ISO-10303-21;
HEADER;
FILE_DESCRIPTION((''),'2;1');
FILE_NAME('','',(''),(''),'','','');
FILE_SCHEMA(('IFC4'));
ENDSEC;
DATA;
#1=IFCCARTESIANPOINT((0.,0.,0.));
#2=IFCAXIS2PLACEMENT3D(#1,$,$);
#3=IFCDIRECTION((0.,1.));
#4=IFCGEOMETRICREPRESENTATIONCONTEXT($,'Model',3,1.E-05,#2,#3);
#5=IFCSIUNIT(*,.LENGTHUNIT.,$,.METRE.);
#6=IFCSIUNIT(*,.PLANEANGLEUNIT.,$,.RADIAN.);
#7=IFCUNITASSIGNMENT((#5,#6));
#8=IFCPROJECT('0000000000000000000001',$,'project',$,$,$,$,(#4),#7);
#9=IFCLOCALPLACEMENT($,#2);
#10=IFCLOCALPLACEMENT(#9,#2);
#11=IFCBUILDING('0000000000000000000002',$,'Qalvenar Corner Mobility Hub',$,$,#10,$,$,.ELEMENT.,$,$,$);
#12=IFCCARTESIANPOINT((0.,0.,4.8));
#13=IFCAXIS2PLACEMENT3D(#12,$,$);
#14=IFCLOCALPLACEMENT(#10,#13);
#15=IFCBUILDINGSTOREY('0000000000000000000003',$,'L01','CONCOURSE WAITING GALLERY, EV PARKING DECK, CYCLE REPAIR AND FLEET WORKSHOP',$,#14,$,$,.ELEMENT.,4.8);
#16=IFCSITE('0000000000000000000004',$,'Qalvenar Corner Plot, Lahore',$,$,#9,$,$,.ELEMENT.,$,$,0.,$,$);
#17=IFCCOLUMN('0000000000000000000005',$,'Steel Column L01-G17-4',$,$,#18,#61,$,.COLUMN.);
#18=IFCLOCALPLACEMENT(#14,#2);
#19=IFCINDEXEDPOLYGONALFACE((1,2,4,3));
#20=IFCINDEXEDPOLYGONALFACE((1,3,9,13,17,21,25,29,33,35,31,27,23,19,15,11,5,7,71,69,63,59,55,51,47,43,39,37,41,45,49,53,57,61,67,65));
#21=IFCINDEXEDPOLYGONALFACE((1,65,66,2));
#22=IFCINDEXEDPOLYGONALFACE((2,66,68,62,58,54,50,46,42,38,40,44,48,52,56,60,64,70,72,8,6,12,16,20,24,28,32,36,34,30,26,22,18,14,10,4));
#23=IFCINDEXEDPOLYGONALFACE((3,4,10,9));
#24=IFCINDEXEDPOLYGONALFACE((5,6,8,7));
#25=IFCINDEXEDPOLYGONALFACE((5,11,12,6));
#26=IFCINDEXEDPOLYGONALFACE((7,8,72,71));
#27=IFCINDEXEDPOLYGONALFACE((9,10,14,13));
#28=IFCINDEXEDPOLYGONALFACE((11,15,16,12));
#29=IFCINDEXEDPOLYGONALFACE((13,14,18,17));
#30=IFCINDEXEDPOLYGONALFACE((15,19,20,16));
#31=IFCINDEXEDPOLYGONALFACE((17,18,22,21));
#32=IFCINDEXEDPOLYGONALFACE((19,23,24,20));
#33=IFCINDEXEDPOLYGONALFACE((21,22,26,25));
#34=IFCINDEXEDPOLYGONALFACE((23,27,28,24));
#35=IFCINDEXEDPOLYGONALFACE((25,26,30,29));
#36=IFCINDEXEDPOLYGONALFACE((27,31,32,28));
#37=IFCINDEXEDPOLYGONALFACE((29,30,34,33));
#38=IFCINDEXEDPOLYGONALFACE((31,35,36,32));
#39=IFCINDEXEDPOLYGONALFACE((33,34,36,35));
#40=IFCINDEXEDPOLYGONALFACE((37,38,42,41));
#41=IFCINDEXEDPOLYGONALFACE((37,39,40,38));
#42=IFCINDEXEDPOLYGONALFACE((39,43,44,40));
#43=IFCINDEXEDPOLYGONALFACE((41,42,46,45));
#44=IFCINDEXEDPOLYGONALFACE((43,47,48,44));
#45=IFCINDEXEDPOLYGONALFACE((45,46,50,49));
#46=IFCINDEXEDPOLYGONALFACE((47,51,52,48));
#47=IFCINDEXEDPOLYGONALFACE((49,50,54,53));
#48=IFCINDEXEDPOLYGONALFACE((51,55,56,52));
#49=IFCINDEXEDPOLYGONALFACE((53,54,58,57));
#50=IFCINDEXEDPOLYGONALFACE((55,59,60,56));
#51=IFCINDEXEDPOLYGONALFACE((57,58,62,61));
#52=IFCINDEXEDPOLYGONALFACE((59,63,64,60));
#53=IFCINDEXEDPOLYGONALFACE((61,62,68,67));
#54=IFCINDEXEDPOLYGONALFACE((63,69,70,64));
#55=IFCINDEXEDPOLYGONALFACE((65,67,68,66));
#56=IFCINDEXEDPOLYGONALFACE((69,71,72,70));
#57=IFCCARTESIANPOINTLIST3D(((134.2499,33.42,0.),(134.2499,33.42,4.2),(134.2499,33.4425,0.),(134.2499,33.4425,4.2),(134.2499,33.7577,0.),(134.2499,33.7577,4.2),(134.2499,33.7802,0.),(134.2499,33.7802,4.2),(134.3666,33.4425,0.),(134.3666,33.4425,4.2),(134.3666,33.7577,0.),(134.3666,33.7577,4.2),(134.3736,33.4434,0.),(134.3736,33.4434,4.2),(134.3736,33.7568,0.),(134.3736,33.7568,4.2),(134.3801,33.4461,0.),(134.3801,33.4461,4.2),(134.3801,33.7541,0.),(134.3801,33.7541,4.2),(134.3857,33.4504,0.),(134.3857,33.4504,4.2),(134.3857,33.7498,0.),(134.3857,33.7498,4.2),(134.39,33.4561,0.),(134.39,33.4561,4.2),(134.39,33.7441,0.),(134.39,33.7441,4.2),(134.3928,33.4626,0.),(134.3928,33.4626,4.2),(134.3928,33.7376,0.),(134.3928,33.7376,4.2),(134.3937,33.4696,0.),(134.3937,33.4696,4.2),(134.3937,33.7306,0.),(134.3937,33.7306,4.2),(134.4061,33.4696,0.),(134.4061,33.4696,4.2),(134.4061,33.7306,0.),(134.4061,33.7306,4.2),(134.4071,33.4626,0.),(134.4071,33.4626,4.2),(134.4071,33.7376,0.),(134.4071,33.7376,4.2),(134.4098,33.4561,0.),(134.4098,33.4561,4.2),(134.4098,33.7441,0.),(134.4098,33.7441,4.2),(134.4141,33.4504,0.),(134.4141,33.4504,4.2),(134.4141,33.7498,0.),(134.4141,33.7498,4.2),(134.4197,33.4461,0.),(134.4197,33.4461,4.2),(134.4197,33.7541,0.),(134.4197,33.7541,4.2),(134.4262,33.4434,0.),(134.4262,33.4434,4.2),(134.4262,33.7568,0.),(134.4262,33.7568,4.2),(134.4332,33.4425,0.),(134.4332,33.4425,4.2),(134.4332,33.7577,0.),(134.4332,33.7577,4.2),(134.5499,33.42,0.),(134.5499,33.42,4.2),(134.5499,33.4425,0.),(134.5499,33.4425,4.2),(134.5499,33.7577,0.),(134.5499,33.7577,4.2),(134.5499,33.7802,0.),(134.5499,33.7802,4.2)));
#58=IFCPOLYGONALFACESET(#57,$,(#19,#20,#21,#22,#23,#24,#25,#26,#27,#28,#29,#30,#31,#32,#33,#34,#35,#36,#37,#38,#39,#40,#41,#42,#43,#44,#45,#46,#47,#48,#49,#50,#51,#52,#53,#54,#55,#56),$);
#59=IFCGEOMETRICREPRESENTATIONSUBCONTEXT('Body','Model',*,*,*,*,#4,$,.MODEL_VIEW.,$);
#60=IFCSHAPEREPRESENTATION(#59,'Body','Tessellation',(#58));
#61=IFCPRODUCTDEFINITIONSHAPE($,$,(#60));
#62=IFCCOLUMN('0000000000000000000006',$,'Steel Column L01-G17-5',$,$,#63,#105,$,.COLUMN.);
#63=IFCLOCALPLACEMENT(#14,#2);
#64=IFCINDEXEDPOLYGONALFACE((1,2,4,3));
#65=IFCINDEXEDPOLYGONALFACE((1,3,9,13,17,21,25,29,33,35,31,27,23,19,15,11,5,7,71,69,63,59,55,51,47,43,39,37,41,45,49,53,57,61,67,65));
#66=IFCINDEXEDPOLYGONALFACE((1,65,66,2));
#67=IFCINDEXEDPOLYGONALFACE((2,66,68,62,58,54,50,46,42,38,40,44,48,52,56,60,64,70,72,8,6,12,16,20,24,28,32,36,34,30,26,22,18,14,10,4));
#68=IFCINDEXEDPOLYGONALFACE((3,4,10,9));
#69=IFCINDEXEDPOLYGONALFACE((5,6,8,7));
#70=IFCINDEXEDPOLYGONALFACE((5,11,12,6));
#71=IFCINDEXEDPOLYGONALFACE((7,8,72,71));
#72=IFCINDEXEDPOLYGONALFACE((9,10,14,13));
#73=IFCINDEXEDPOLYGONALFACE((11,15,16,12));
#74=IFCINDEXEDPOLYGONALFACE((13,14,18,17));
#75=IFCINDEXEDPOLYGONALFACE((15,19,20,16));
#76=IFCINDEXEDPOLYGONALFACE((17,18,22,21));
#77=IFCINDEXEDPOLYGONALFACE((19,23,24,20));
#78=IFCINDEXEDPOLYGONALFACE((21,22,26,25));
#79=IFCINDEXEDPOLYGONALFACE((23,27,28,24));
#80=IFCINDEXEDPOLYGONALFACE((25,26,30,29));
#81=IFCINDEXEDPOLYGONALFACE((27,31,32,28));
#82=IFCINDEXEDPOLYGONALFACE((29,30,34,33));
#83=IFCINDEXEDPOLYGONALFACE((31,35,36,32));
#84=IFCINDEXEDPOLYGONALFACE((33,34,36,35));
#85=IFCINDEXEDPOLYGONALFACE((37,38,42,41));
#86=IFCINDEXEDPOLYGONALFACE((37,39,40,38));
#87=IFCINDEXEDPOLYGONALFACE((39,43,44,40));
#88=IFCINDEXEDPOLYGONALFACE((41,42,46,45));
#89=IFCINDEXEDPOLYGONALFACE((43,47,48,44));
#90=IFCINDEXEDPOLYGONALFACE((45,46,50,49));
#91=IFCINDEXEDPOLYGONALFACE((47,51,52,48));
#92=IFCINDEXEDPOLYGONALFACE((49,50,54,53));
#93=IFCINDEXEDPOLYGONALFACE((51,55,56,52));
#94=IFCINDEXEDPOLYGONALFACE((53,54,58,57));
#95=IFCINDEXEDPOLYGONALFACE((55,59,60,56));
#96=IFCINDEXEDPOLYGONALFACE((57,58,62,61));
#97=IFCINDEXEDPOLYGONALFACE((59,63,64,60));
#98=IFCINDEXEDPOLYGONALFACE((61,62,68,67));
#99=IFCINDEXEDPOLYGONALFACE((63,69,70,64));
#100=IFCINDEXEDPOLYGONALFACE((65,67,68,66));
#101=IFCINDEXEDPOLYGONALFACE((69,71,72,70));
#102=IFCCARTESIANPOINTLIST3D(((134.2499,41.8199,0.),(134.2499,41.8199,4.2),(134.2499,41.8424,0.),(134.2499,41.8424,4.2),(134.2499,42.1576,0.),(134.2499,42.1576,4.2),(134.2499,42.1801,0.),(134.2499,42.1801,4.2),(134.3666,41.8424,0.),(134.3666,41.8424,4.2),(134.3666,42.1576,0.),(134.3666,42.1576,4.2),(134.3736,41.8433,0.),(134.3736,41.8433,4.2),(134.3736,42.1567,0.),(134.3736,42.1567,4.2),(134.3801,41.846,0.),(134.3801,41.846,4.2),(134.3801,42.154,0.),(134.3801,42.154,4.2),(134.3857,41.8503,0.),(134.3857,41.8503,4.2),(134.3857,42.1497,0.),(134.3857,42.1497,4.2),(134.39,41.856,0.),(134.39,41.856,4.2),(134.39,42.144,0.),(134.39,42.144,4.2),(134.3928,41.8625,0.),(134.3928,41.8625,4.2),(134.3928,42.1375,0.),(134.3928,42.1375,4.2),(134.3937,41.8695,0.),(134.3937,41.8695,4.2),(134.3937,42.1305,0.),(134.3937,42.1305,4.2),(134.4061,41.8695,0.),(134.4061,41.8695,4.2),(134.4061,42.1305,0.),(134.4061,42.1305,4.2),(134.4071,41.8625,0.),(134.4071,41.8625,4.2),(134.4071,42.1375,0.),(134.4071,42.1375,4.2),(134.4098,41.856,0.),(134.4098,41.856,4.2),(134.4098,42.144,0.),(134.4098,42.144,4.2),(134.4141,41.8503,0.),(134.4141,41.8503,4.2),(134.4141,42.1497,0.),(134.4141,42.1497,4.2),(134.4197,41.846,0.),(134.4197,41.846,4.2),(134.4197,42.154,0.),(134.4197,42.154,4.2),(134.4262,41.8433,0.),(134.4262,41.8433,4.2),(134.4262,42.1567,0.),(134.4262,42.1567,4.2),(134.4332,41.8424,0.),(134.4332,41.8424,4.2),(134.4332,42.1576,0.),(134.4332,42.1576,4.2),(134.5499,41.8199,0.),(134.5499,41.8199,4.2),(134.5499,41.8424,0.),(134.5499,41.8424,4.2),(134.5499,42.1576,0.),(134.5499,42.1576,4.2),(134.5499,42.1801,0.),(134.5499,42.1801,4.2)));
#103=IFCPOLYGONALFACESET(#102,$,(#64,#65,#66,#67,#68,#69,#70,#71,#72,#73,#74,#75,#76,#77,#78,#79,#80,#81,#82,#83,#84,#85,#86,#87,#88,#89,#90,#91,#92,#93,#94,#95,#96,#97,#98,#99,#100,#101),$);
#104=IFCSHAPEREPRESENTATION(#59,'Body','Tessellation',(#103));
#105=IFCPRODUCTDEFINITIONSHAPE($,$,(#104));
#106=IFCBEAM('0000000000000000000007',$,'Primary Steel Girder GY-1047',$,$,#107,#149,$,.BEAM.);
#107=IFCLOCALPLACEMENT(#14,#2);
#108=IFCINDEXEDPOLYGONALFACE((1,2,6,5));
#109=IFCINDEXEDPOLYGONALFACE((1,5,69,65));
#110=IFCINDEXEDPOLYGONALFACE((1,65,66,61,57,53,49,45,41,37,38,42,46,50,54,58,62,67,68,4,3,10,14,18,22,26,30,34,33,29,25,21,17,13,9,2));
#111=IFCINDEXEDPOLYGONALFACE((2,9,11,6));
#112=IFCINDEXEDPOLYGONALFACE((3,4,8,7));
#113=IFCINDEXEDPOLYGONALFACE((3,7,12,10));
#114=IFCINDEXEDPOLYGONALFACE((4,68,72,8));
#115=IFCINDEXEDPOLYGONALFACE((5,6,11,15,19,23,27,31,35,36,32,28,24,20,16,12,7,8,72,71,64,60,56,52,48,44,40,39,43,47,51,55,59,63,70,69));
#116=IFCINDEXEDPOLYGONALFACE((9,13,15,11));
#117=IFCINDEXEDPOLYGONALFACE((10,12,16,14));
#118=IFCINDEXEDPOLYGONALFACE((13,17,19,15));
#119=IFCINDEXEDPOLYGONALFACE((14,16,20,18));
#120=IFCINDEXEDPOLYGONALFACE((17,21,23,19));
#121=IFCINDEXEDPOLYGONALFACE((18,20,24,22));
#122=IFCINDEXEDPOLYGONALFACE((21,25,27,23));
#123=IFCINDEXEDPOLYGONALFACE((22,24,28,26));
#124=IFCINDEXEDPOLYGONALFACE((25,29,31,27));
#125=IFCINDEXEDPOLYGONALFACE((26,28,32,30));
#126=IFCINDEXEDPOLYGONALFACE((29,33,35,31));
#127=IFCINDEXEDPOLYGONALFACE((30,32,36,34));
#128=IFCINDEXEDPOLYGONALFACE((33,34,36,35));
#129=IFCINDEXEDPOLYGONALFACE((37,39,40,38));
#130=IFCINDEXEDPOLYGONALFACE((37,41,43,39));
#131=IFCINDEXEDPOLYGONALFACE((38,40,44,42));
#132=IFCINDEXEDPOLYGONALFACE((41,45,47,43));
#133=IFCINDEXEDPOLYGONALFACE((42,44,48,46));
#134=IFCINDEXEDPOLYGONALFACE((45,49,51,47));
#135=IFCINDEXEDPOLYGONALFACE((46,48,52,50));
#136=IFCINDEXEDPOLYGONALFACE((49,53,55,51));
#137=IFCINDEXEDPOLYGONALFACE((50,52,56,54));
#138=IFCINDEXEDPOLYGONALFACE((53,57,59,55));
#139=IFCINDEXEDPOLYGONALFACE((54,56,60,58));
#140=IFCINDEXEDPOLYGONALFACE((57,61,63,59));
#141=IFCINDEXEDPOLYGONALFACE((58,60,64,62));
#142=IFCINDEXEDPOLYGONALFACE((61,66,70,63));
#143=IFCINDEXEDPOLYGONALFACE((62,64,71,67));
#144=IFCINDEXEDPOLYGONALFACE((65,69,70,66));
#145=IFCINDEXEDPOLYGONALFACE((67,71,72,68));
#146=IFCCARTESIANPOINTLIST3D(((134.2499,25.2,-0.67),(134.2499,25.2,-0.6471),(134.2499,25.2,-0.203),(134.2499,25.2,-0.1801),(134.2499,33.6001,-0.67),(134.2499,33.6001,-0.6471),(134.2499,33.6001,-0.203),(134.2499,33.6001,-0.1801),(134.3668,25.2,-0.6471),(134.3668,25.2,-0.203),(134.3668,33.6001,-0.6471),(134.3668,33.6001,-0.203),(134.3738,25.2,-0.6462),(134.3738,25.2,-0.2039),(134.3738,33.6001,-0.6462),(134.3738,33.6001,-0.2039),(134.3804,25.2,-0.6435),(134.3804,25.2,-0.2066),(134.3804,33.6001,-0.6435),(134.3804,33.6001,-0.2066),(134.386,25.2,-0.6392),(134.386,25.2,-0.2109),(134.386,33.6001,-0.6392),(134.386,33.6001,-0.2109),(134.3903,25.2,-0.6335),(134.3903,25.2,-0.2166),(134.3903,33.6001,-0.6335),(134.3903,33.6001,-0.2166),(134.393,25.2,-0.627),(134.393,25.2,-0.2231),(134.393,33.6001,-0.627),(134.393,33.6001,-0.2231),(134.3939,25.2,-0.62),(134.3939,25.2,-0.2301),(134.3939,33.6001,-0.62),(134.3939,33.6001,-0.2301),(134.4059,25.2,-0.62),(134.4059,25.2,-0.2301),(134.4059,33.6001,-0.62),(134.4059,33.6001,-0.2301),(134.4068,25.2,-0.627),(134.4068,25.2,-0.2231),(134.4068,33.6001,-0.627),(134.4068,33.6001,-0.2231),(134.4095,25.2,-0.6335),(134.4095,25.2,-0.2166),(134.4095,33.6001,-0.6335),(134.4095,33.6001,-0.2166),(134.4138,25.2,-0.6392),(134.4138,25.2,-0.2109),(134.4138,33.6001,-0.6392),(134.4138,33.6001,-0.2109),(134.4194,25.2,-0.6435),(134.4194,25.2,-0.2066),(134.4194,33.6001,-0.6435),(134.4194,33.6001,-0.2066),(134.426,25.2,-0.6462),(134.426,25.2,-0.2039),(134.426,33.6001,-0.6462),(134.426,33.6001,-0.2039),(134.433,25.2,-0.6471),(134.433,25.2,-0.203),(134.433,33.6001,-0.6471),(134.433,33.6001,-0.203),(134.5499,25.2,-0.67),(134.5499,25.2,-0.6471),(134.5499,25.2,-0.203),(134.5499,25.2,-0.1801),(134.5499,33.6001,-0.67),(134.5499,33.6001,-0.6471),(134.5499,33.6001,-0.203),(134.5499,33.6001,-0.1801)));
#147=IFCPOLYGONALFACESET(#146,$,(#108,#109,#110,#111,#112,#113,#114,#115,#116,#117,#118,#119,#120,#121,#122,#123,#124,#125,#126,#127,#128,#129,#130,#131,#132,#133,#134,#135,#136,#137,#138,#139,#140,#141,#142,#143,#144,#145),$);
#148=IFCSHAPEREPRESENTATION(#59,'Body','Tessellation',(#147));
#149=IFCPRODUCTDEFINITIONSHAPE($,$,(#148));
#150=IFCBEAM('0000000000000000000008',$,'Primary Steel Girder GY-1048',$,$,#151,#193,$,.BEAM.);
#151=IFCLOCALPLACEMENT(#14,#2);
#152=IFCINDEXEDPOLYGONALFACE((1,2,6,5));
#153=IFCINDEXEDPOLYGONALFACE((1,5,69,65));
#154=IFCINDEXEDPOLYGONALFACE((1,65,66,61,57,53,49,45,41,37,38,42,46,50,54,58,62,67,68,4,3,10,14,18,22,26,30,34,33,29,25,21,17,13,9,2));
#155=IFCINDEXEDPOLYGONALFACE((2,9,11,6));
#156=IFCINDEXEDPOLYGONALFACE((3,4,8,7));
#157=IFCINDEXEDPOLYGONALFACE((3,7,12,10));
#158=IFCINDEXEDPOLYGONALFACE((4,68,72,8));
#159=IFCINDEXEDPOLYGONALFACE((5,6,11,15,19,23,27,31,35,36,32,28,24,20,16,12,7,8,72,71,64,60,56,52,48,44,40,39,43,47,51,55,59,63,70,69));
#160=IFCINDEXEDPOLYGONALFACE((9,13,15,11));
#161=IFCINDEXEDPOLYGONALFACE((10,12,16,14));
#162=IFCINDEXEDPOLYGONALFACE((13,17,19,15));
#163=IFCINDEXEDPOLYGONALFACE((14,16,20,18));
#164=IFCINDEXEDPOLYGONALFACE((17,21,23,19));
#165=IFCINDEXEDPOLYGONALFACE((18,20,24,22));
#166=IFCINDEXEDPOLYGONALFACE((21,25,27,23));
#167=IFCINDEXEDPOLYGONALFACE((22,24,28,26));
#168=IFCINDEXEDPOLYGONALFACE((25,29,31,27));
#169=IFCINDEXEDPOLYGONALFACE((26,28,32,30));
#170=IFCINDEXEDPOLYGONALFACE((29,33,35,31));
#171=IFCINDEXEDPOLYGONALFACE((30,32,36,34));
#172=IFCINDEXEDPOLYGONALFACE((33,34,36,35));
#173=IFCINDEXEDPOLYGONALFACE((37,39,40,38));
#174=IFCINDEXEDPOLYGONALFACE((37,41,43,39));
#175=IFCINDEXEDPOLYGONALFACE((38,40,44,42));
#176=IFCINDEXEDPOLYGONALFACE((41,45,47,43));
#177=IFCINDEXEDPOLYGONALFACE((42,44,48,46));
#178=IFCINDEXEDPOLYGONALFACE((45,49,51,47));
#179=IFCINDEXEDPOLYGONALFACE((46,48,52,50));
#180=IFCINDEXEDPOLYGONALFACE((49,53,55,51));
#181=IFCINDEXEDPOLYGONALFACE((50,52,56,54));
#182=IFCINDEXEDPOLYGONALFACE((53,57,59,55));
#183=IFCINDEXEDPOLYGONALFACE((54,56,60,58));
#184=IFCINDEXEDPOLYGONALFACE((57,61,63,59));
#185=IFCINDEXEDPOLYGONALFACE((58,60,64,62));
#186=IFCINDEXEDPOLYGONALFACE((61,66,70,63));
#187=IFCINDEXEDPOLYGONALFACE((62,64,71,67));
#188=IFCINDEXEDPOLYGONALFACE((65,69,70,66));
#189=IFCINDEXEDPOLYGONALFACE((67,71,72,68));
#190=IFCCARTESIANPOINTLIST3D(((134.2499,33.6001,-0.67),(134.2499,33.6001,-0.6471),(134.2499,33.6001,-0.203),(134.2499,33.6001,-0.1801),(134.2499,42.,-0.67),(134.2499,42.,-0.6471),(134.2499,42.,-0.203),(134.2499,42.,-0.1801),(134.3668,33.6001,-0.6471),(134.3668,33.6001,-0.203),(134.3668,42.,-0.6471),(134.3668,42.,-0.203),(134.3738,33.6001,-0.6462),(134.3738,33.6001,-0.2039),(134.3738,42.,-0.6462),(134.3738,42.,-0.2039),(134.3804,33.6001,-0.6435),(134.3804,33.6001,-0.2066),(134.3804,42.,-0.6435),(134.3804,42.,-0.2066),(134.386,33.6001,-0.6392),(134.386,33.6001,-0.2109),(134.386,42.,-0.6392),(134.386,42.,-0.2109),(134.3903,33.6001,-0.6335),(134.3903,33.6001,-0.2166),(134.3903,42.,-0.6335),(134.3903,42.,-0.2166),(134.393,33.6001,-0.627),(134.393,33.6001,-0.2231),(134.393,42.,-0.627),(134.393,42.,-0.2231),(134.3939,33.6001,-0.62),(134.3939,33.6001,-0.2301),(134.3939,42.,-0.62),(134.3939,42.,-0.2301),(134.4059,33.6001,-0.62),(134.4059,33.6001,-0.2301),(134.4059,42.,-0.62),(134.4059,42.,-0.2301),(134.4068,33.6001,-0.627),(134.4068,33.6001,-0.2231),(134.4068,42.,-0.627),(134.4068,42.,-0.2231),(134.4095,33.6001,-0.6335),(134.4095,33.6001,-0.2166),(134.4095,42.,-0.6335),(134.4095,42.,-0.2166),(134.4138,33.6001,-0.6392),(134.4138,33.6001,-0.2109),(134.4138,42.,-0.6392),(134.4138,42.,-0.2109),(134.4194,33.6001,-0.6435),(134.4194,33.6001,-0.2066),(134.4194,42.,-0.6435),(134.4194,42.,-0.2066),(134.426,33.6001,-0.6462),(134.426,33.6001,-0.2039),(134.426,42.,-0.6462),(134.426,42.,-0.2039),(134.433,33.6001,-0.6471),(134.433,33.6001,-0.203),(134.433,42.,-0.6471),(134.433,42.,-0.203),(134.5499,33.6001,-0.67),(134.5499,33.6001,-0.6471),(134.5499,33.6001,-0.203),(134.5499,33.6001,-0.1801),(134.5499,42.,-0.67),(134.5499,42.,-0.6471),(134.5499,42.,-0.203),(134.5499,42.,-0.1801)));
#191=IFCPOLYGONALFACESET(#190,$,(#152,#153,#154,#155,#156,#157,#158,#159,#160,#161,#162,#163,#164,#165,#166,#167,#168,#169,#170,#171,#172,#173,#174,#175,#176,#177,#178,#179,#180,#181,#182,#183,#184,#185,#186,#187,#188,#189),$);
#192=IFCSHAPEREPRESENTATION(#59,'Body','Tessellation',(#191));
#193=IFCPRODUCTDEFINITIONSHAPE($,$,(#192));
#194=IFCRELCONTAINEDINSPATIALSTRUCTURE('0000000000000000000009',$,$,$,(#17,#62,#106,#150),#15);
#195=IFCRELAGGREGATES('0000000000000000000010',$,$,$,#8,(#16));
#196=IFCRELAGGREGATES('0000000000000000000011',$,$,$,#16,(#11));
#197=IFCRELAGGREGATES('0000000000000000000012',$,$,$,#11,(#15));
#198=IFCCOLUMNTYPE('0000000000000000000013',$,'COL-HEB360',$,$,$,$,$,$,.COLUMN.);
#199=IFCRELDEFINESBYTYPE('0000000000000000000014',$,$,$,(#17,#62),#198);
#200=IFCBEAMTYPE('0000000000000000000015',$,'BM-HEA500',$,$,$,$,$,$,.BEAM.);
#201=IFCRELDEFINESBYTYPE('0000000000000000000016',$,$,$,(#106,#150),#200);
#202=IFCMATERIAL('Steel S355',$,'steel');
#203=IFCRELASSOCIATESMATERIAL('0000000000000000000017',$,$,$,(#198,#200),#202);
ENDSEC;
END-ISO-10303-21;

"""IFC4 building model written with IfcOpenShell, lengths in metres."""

from ifc_helpers import new_model, si_unit, direction, frame, origin, origin_2d, place, context, subcontext, project, spatial, i_section, extrude, material, material_profile, profile_set, type_object, element, save


model = new_model("IFC4")

# Units and contexts
model_context = context("Model", 3, precision=1e-05, world=origin(), true_north=direction((0.0, 1.0)))
body_context = subcontext(model_context, "Body", "Model", "MODEL_VIEW")
ifc_project = project(units=[si_unit("LENGTHUNIT", "METRE"), si_unit("PLANEANGLEUNIT", "RADIAN")], contexts=[model_context])

# Site, building, storey
site_placement = place(None, origin())
site = spatial("IfcSite", under=ifc_project, at=site_placement, Name="Qalvenar Corner Plot, Lahore", CompositionType="ELEMENT", RefElevation=0.0)
building_placement = place(site_placement, origin())
building = spatial("IfcBuilding", under=site, at=building_placement, Name="Qalvenar Corner Mobility Hub", CompositionType="ELEMENT")
storey_placement = place(building_placement, frame((0.0, 0.0, 4.8)))
storey = spatial("IfcBuildingStorey", under=building, at=storey_placement, Name="L01", Description="CONCOURSE WAITING GALLERY, EV PARKING DECK, CYCLE REPAIR AND FLEET WORKSHOP", CompositionType="ELEMENT", Elevation=4.8)

# Columns
ifc_material_1 = material(Name="Steel S355", Category="steel")
ifc_material_profile_1 = material_profile(ifc_material_1, i_section(OverallWidth=0.3, OverallDepth=0.3601, WebThickness=0.0125, FlangeThickness=0.0225, FilletRadius=0.0271, at=origin_2d()), Name="HEB360")
ifc_profile_set_1 = profile_set([ifc_material_profile_1], Name="Steel S355")
column_type = type_object("IfcColumnType", Name="COL-HEB360", PredefinedType="COLUMN", material=ifc_profile_set_1)
for number, where, z_axis, x_axis, name in (
    (1, (134.3999, 33.6001, 0.0), (0.0, 0.0, 1.0), (1.0, 0.0, 0.0), "Steel Column L01-G17-4"),
    (2, (134.3999, 42.0, 0.0), (0.0, 0.0, 1.0), (1.0, 0.0, 0.0), "Steel Column L01-G17-5"),
):
    element("IfcColumn", number, at=place(storey_placement, frame(where, z_axis=z_axis, x_axis=x_axis)), inside=storey, type_object=column_type, Name=name, PredefinedType="COLUMN", context=body_context, shape_type="SweptSolid", body=[
        extrude(i_section(OverallWidth=0.3, OverallDepth=0.3601, WebThickness=0.0125, FlangeThickness=0.0225, FilletRadius=0.0271, at=origin_2d()), origin(), (0.0, 0.0, 1.0), 4.2),
    ])

# Beams
ifc_material_profile_2 = material_profile(ifc_material_1, i_section(OverallWidth=0.3, OverallDepth=0.49, WebThickness=0.012, FlangeThickness=0.0229, FilletRadius=0.0271, at=origin_2d()), Name="HEA500")
ifc_profile_set_2 = profile_set([ifc_material_profile_2], Name="Steel S355")
beam_type_1 = type_object("IfcBeamType", Name="BM-HEA500", PredefinedType="BEAM", material=ifc_profile_set_2)
beam_1_placement = place(storey_placement, frame((134.3999, 25.2, -0.425), z_axis=(0.0, 1.0, 0.0), x_axis=(-1.0, 0.0, 0.0)))
element("IfcBeam", 3, at=beam_1_placement, inside=storey, type_object=beam_type_1, Name="Primary Steel Girder GY-1047", PredefinedType="BEAM", context=body_context, shape_type="SweptSolid", body=[
    extrude(i_section(OverallWidth=0.3, OverallDepth=0.49, WebThickness=0.012, FlangeThickness=0.0229, FilletRadius=0.0271, at=origin_2d()), origin(), (0.0, 0.0, 1.0), 8.4001),
])
for number, where, z_axis, x_axis, name in (
    (4, (134.3999, 33.6001, -0.425), (0.0, 1.0, 0.0), (-1.0, 0.0, 0.0), "Primary Steel Girder GY-1048"),
):
    element("IfcBeam", number, at=place(storey_placement, frame(where, z_axis=z_axis, x_axis=x_axis)), inside=storey, type_object=beam_type_1, Name=name, PredefinedType="BEAM", context=body_context, shape_type="SweptSolid", body=[
        extrude(i_section(OverallWidth=0.3, OverallDepth=0.49, WebThickness=0.012, FlangeThickness=0.0229, FilletRadius=0.0271, at=origin_2d()), origin(), (0.0, 0.0, 1.0), 8.3999),
    ])

save(model, "model.ifc")
